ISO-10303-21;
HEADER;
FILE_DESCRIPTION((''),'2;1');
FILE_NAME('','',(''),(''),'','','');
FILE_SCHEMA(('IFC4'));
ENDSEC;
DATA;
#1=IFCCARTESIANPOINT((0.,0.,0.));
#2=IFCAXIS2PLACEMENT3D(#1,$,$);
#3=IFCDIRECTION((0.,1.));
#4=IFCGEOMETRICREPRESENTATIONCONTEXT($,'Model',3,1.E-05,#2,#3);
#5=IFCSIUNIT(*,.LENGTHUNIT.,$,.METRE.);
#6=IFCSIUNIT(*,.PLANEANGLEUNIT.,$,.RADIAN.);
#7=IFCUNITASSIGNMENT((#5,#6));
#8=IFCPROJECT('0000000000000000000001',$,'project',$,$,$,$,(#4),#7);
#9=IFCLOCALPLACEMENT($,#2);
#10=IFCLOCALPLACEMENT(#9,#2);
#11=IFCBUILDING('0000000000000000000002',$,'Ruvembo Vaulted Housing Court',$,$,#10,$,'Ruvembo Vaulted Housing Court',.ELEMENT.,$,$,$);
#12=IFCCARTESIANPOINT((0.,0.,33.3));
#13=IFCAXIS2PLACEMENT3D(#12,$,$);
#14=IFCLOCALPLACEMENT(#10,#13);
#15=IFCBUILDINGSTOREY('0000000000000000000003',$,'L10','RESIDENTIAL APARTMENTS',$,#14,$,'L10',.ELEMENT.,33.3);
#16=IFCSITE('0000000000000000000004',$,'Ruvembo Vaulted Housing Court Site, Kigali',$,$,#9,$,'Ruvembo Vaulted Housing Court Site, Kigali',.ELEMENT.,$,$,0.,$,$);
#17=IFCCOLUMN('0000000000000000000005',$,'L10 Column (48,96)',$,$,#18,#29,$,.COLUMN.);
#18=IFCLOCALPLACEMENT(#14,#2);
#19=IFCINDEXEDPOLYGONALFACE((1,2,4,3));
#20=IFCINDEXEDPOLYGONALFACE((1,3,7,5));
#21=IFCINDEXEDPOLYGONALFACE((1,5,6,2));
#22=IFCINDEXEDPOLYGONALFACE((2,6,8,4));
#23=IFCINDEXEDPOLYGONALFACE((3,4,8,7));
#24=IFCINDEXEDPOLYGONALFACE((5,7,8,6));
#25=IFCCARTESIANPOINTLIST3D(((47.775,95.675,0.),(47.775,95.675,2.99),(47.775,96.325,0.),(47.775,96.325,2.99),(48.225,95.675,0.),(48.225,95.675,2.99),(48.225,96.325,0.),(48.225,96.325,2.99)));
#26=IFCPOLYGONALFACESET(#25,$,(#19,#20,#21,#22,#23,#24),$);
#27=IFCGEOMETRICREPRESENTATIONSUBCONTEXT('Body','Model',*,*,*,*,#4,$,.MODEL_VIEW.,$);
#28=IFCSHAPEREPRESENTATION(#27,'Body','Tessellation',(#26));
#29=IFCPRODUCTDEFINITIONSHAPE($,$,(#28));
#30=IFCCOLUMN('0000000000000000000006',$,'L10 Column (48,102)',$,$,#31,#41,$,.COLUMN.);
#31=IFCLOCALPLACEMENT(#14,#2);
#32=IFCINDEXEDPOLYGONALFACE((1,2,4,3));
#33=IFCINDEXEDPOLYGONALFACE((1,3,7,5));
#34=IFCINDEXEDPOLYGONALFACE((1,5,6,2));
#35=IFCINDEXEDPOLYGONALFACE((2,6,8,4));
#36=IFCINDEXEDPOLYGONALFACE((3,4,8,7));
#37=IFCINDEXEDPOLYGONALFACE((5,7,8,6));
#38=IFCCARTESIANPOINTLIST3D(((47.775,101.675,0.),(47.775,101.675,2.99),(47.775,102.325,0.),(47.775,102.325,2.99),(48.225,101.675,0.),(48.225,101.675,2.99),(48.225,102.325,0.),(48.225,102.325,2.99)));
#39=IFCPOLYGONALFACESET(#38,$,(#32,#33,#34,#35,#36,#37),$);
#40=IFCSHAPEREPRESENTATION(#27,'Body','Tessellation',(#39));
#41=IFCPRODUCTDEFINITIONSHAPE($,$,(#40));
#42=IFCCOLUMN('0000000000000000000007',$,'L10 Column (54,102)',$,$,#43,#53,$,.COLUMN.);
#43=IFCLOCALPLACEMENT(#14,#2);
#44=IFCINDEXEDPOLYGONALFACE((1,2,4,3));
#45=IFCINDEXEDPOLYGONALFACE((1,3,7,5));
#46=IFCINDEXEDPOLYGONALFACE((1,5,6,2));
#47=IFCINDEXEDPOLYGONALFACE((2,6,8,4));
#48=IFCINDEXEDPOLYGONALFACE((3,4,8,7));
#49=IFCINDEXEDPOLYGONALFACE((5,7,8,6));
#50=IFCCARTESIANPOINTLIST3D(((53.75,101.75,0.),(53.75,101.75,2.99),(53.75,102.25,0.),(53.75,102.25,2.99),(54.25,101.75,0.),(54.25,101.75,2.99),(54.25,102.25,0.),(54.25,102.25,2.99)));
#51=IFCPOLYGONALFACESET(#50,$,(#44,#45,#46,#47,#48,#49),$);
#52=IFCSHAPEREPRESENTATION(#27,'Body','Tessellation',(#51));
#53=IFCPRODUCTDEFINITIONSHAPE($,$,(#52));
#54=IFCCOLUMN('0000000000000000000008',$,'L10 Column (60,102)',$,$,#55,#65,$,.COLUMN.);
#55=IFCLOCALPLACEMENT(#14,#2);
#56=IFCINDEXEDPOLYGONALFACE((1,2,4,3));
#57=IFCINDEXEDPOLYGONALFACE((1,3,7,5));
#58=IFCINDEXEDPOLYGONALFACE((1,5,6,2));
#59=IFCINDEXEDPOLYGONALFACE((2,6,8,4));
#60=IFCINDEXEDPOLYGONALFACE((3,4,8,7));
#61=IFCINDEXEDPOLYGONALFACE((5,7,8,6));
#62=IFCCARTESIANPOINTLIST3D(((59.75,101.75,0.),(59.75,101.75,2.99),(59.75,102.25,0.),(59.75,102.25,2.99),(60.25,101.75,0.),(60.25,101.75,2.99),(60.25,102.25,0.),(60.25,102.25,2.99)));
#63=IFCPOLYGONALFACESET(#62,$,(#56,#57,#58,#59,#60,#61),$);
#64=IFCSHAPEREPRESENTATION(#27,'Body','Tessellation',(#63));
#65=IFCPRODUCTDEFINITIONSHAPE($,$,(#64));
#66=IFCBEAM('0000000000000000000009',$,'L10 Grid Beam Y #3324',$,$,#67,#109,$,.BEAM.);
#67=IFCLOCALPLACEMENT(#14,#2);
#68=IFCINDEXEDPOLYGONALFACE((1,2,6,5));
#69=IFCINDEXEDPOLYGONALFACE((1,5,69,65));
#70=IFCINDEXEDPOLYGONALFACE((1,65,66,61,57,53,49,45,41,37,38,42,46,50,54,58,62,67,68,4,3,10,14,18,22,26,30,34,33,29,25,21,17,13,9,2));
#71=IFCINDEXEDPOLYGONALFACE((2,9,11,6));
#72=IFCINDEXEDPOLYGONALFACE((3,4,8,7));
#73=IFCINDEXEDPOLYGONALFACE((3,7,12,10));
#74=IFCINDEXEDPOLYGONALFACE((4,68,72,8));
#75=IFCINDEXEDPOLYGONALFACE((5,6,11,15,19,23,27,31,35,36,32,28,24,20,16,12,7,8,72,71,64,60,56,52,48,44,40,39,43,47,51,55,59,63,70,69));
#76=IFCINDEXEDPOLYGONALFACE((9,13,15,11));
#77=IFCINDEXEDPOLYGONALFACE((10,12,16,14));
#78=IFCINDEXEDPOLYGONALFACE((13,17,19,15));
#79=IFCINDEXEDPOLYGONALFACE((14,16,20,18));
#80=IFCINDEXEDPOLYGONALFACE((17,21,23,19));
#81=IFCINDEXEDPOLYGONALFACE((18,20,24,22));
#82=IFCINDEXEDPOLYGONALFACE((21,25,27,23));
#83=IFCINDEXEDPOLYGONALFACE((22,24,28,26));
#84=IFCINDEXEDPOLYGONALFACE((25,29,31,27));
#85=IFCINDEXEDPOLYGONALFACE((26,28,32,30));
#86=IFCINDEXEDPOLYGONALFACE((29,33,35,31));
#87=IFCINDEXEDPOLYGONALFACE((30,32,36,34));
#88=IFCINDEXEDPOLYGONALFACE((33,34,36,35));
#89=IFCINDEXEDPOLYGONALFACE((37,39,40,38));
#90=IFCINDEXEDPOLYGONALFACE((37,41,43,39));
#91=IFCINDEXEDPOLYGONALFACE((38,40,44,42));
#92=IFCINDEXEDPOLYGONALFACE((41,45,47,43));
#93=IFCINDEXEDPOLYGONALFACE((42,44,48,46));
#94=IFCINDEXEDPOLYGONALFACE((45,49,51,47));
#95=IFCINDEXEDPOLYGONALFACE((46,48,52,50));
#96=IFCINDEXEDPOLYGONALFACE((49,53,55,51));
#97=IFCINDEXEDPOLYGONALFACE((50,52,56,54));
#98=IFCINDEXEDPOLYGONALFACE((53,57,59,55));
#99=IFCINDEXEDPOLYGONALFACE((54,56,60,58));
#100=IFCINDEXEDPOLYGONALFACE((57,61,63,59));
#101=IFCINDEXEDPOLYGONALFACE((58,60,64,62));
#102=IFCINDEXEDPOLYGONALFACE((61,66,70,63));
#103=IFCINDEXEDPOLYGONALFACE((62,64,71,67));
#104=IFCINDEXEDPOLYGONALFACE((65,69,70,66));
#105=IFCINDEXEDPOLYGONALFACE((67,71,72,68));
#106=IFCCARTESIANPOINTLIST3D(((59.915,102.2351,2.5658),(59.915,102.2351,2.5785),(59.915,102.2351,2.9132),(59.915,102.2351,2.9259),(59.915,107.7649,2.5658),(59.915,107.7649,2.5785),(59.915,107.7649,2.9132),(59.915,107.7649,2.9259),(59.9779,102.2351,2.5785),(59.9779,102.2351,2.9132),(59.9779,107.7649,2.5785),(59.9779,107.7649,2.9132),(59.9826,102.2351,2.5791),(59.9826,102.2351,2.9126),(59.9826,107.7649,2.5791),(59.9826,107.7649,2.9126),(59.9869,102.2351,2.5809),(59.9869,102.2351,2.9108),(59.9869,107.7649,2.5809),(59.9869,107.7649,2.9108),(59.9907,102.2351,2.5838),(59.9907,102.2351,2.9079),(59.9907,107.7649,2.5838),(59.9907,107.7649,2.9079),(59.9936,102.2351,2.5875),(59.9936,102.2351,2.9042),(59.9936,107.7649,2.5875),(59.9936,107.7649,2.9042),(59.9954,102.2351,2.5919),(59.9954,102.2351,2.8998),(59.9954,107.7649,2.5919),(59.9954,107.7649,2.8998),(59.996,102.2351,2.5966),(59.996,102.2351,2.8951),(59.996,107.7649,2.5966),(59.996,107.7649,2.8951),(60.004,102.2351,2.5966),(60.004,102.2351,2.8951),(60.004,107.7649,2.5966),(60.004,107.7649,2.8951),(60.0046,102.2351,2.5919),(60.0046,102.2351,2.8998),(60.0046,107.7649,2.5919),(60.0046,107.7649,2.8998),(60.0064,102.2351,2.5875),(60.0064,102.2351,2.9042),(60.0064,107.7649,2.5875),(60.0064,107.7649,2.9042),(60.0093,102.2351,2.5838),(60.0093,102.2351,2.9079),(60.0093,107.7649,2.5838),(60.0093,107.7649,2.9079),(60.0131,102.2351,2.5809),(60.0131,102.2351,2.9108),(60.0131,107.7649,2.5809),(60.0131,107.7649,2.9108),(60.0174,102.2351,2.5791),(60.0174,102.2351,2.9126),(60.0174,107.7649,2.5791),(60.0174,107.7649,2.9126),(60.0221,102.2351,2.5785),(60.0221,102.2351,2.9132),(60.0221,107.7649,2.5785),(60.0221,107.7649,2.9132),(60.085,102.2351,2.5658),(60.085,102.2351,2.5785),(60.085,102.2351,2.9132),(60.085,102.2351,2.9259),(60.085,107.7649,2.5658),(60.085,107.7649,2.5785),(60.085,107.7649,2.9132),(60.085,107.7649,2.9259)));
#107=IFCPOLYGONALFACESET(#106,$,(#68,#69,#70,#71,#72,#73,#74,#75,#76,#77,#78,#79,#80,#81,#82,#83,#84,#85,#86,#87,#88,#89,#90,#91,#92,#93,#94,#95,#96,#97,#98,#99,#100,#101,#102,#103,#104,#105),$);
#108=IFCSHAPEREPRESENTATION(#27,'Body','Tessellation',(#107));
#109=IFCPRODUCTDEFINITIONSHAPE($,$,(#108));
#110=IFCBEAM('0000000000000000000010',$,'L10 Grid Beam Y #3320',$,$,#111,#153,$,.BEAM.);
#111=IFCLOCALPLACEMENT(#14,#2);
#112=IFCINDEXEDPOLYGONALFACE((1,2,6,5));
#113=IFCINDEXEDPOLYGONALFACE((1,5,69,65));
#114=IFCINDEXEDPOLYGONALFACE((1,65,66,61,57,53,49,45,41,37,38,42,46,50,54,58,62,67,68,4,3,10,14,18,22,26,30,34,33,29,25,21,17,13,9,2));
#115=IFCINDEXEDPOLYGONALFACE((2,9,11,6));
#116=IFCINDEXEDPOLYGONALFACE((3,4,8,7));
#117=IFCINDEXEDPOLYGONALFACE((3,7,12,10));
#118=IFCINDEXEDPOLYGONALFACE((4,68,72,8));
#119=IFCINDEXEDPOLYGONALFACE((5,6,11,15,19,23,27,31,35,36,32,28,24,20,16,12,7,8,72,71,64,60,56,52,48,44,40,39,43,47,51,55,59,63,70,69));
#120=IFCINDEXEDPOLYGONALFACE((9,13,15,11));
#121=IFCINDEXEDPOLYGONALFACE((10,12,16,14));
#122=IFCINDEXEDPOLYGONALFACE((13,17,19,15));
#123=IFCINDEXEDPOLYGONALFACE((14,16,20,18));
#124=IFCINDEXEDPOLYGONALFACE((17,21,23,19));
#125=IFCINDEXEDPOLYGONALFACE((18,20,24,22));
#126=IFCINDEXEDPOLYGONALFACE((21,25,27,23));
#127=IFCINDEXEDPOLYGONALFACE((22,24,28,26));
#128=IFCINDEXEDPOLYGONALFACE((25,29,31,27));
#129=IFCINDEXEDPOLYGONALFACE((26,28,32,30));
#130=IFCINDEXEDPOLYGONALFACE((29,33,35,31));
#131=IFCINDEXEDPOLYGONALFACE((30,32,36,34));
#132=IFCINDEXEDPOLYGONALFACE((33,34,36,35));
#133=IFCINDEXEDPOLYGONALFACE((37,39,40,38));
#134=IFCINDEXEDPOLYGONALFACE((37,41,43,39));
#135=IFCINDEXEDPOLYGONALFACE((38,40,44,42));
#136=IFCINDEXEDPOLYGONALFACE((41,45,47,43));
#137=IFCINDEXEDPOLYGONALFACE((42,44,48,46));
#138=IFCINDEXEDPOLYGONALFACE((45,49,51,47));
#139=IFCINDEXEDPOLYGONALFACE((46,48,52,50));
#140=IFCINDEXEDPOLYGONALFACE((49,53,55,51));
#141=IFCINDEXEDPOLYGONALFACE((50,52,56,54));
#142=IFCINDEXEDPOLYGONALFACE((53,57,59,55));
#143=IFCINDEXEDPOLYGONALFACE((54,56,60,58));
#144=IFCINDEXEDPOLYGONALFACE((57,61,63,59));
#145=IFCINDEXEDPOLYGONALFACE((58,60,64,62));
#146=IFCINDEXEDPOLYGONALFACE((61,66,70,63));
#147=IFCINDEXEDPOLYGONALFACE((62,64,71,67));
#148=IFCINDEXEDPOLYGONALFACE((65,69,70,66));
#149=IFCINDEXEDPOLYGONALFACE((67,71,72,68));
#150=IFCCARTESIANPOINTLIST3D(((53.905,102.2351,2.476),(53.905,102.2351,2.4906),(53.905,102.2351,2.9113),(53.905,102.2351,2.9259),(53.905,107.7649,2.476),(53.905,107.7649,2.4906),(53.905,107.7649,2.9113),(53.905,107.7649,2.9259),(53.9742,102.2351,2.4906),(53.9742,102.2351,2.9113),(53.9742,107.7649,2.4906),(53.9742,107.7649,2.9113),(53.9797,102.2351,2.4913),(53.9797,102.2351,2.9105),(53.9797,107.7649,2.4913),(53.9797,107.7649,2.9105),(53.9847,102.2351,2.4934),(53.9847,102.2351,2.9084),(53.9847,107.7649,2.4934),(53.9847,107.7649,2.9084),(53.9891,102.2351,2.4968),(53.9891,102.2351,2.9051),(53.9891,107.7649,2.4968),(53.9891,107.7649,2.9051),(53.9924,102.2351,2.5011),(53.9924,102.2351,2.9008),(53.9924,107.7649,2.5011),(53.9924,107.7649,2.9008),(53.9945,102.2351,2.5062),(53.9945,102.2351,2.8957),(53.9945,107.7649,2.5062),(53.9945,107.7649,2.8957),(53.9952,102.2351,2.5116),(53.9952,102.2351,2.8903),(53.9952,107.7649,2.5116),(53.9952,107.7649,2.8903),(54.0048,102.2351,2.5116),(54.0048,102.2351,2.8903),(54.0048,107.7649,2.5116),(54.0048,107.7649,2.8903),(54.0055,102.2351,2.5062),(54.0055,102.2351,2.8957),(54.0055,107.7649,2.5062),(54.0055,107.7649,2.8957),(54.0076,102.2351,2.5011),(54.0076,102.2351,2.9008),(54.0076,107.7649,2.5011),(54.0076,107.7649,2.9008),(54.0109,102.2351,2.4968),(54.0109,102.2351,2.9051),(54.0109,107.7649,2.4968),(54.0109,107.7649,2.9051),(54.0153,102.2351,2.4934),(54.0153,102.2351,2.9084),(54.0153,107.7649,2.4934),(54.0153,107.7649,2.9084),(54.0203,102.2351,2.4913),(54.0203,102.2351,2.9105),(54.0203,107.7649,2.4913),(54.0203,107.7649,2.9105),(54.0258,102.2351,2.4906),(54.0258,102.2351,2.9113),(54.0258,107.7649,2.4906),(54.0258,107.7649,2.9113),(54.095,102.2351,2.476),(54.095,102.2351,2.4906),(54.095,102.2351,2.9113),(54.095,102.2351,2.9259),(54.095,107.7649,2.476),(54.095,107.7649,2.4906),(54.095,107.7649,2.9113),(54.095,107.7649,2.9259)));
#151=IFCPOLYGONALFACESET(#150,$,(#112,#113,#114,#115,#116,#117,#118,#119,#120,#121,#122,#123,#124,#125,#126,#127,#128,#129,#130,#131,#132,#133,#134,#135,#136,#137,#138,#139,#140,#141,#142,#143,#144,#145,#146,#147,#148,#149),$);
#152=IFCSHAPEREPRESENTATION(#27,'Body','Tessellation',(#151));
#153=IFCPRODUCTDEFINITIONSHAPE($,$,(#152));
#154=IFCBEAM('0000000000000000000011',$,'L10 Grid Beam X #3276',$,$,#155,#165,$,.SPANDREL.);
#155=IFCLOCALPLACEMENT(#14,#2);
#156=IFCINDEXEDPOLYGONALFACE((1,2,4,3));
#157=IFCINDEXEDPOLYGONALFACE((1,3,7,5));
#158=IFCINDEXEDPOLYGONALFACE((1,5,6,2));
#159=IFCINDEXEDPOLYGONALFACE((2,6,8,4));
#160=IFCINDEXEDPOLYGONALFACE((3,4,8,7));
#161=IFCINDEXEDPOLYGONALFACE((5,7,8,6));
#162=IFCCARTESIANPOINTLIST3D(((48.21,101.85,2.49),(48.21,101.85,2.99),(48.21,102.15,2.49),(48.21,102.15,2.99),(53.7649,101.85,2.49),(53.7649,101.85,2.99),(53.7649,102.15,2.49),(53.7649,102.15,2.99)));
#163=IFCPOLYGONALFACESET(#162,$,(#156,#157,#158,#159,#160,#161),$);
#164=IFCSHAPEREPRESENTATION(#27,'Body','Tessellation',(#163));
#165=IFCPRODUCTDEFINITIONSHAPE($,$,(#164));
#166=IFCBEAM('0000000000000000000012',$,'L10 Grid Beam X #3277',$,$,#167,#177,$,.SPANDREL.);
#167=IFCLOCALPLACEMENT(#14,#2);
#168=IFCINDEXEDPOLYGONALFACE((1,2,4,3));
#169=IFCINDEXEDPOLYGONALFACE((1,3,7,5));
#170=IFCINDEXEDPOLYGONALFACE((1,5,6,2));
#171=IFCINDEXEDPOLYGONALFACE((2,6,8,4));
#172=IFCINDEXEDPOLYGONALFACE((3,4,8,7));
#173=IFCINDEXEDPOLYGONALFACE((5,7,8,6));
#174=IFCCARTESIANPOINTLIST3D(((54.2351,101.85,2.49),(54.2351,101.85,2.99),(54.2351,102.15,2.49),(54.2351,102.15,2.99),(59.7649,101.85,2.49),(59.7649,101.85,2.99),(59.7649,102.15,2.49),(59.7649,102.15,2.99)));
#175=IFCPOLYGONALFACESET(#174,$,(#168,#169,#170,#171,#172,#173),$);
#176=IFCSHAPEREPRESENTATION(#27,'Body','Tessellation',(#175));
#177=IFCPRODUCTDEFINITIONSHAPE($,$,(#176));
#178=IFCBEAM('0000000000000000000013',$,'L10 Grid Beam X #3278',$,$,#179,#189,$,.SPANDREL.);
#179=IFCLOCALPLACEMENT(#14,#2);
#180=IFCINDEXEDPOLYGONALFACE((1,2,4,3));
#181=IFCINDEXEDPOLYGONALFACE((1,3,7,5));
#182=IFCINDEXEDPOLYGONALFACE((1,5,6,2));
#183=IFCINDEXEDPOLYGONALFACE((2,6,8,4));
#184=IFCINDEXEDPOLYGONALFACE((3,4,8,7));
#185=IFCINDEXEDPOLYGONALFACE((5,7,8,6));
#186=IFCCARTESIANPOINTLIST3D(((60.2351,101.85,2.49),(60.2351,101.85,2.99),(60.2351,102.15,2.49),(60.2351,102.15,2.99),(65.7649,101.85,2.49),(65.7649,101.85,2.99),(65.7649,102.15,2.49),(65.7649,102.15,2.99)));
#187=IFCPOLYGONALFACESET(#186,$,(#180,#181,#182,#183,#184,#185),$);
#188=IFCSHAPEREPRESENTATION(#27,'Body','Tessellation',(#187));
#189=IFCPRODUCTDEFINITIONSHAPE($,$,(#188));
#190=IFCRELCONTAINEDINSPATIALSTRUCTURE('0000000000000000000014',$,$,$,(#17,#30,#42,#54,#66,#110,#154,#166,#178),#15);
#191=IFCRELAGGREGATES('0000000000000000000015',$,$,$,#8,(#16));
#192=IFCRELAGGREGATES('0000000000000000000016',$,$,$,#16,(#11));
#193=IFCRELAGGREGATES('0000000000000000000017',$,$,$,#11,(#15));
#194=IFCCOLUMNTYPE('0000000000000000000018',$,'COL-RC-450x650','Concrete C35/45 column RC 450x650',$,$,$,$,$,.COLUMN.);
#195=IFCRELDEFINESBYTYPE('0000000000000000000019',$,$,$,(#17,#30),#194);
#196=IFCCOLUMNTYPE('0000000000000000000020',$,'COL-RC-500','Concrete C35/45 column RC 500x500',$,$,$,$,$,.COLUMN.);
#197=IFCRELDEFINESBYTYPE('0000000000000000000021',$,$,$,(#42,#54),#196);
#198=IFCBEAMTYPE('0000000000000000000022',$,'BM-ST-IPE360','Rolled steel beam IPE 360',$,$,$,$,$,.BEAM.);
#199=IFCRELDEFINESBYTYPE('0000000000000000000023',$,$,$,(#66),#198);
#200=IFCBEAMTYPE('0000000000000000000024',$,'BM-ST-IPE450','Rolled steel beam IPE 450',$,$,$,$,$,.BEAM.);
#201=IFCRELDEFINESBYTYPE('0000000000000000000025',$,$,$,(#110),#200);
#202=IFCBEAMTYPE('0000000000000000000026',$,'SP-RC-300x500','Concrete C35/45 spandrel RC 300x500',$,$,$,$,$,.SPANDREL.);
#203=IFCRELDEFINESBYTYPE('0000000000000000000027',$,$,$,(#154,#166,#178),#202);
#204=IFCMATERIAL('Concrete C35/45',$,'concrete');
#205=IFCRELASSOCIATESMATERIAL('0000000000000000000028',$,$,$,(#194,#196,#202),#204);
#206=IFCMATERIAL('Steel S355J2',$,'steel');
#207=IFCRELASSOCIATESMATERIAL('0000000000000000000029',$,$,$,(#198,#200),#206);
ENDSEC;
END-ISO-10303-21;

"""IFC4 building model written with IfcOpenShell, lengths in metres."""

from ifc_helpers import new_model, si_unit, direction, frame, origin, origin_2d, place, context, subcontext, project, spatial, rectangle, i_section, extrude, material, material_profile, profile_set, type_object, element, save


model = new_model("IFC4")

# Units and contexts
model_context = context("Model", 3, precision=1e-05, world=origin(), true_north=direction((0.0, 1.0)))
body_context = subcontext(model_context, "Body", "Model", "MODEL_VIEW")
ifc_project = project(units=[si_unit("LENGTHUNIT", "METRE"), si_unit("PLANEANGLEUNIT", "RADIAN")], contexts=[model_context])

# Site, building, storey
site_placement = place(None, origin())
site = spatial("IfcSite", under=ifc_project, at=site_placement, Name="Ruvembo Vaulted Housing Court Site, Kigali", LongName="Ruvembo Vaulted Housing Court Site, Kigali", CompositionType="ELEMENT", RefElevation=0.0)
building_placement = place(site_placement, origin())
building = spatial("IfcBuilding", under=site, at=building_placement, Name="Ruvembo Vaulted Housing Court", LongName="Ruvembo Vaulted Housing Court", CompositionType="ELEMENT")
storey_placement = place(building_placement, frame((0.0, 0.0, 33.3)))
storey = spatial("IfcBuildingStorey", under=building, at=storey_placement, Name="L10", Description="RESIDENTIAL APARTMENTS", LongName="L10", CompositionType="ELEMENT", Elevation=33.3)

# Columns
ifc_material_1 = material(Name="Concrete C35/45", Category="concrete")
ifc_material_profile_1 = material_profile(ifc_material_1, rectangle(XDim=0.45, YDim=0.6499, at=origin_2d()), Name="RC 450x650")
ifc_profile_set_1 = profile_set([ifc_material_profile_1], Name="Concrete C35/45")
column_type_1 = type_object("IfcColumnType", Name="COL-RC-450x650", Description="Concrete C35/45 column RC 450x650", PredefinedType="COLUMN", material=ifc_profile_set_1)
for number, where, z_axis, x_axis, name in (
    (1, (48.0, 96.0, 0.0), (0.0, 0.0, 1.0), (1.0, 0.0, 0.0), "L10 Column (48,96)"),
    (2, (48.0, 102.0, 0.0), (0.0, 0.0, 1.0), (1.0, 0.0, 0.0), "L10 Column (48,102)"),
):
    element("IfcColumn", number, at=place(storey_placement, frame(where, z_axis=z_axis, x_axis=x_axis)), inside=storey, type_object=column_type_1, Name=name, PredefinedType="COLUMN", context=body_context, shape_type="SweptSolid", body=[
        extrude(rectangle(XDim=0.45, YDim=0.6499, at=origin_2d()), origin(), (0.0, 0.0, 1.0), 2.99),
    ])
ifc_material_profile_2 = material_profile(ifc_material_1, rectangle(XDim=0.5, YDim=0.5, at=origin_2d()), Name="RC 500x500")
ifc_profile_set_2 = profile_set([ifc_material_profile_2], Name="Concrete C35/45")
column_type_2 = type_object("IfcColumnType", Name="COL-RC-500", Description="Concrete C35/45 column RC 500x500", PredefinedType="COLUMN", material=ifc_profile_set_2)
for number, where, z_axis, x_axis, name in (
    (3, (54.0, 102.0, 0.0), (0.0, 0.0, 1.0), (1.0, 0.0, 0.0), "L10 Column (54,102)"),
    (4, (60.0, 102.0, 0.0), (0.0, 0.0, 1.0), (1.0, 0.0, 0.0), "L10 Column (60,102)"),
):
    element("IfcColumn", number, at=place(storey_placement, frame(where, z_axis=z_axis, x_axis=x_axis)), inside=storey, type_object=column_type_2, Name=name, PredefinedType="COLUMN", context=body_context, shape_type="SweptSolid", body=[
        extrude(rectangle(XDim=0.5, YDim=0.5, at=origin_2d()), origin(), (0.0, 0.0, 1.0), 2.99),
    ])

# Beams
ifc_material_2 = material(Name="Steel S355J2", Category="steel")
ifc_material_profile_3 = material_profile(ifc_material_2, i_section(OverallWidth=0.1699, OverallDepth=0.3601, WebThickness=0.0081, FlangeThickness=0.0127, FilletRadius=0.0181, at=origin_2d()), Name="IPE 360")
ifc_profile_set_3 = profile_set([ifc_material_profile_3], Name="Steel S355J2")
beam_type_1 = type_object("IfcBeamType", Name="BM-ST-IPE360", Description="Rolled steel beam IPE 360", PredefinedType="BEAM", material=ifc_profile_set_3)
beam_1_placement = place(storey_placement, frame((60.0, 102.2351, 2.7458), z_axis=(0.0, 1.0, 0.0), x_axis=(-1.0, 0.0, 0.0)))
element("IfcBeam", 5, at=beam_1_placement, inside=storey, type_object=beam_type_1, Name="L10 Grid Beam Y #3324", PredefinedType="BEAM", context=body_context, shape_type="SweptSolid", body=[
    extrude(i_section(OverallWidth=0.1699, OverallDepth=0.3601, WebThickness=0.0081, FlangeThickness=0.0127, FilletRadius=0.0181, at=origin_2d()), origin(), (0.0, 0.0, 1.0), 5.5298),
])
ifc_material_profile_4 = material_profile(ifc_material_2, i_section(OverallWidth=0.1899, OverallDepth=0.45, WebThickness=0.0095, FlangeThickness=0.0146, FilletRadius=0.021, at=origin_2d()), Name="IPE 450")
ifc_profile_set_4 = profile_set([ifc_material_profile_4], Name="Steel S355J2")
beam_type_2 = type_object("IfcBeamType", Name="BM-ST-IPE450", Description="Rolled steel beam IPE 450", PredefinedType="BEAM", material=ifc_profile_set_4)
beam_2_placement = place(storey_placement, frame((54.0, 102.2351, 2.7009), z_axis=(0.0, 1.0, 0.0), x_axis=(-1.0, 0.0, 0.0)))
element("IfcBeam", 6, at=beam_2_placement, inside=storey, type_object=beam_type_2, Name="L10 Grid Beam Y #3320", PredefinedType="BEAM", context=body_context, shape_type="SweptSolid", body=[
    extrude(i_section(OverallWidth=0.1899, OverallDepth=0.45, WebThickness=0.0095, FlangeThickness=0.0146, FilletRadius=0.021, at=origin_2d()), origin(), (0.0, 0.0, 1.0), 5.5298),
])
ifc_material_profile_5 = material_profile(ifc_material_1, rectangle(XDim=0.3, YDim=0.5, at=origin_2d()), Name="RC 300x500")
ifc_profile_set_5 = profile_set([ifc_material_profile_5], Name="Concrete C35/45")
beam_type_3 = type_object("IfcBeamType", Name="SP-RC-300x500", Description="Concrete C35/45 spandrel RC 300x500", PredefinedType="SPANDREL", material=ifc_profile_set_5)
beam_3_placement = place(storey_placement, frame((48.21, 102.0, 2.74), z_axis=(1.0, 0.0, 0.0), x_axis=(0.0, 1.0, 0.0)))
element("IfcBeam", 7, at=beam_3_placement, inside=storey, type_object=beam_type_3, Name="L10 Grid Beam X #3276", PredefinedType="SPANDREL", context=body_context, shape_type="SweptSolid", body=[
    extrude(rectangle(XDim=0.3, YDim=0.5, at=origin_2d()), origin(), (0.0, 0.0, 1.0), 5.5549),
])
for number, where, z_axis, x_axis, name in (
    (8, (54.2351, 102.0, 2.74), (1.0, 0.0, 0.0), (0.0, 1.0, 0.0), "L10 Grid Beam X #3277"),
    (9, (60.2351, 102.0, 2.74), (1.0, 0.0, 0.0), (0.0, 1.0, 0.0), "L10 Grid Beam X #3278"),
):
    element("IfcBeam", number, at=place(storey_placement, frame(where, z_axis=z_axis, x_axis=x_axis)), inside=storey, type_object=beam_type_3, Name=name, PredefinedType="SPANDREL", context=body_context, shape_type="SweptSolid", body=[
        extrude(rectangle(XDim=0.3, YDim=0.5, at=origin_2d()), origin(), (0.0, 0.0, 1.0), 5.5298),
    ])

save(model, "model.ifc")
